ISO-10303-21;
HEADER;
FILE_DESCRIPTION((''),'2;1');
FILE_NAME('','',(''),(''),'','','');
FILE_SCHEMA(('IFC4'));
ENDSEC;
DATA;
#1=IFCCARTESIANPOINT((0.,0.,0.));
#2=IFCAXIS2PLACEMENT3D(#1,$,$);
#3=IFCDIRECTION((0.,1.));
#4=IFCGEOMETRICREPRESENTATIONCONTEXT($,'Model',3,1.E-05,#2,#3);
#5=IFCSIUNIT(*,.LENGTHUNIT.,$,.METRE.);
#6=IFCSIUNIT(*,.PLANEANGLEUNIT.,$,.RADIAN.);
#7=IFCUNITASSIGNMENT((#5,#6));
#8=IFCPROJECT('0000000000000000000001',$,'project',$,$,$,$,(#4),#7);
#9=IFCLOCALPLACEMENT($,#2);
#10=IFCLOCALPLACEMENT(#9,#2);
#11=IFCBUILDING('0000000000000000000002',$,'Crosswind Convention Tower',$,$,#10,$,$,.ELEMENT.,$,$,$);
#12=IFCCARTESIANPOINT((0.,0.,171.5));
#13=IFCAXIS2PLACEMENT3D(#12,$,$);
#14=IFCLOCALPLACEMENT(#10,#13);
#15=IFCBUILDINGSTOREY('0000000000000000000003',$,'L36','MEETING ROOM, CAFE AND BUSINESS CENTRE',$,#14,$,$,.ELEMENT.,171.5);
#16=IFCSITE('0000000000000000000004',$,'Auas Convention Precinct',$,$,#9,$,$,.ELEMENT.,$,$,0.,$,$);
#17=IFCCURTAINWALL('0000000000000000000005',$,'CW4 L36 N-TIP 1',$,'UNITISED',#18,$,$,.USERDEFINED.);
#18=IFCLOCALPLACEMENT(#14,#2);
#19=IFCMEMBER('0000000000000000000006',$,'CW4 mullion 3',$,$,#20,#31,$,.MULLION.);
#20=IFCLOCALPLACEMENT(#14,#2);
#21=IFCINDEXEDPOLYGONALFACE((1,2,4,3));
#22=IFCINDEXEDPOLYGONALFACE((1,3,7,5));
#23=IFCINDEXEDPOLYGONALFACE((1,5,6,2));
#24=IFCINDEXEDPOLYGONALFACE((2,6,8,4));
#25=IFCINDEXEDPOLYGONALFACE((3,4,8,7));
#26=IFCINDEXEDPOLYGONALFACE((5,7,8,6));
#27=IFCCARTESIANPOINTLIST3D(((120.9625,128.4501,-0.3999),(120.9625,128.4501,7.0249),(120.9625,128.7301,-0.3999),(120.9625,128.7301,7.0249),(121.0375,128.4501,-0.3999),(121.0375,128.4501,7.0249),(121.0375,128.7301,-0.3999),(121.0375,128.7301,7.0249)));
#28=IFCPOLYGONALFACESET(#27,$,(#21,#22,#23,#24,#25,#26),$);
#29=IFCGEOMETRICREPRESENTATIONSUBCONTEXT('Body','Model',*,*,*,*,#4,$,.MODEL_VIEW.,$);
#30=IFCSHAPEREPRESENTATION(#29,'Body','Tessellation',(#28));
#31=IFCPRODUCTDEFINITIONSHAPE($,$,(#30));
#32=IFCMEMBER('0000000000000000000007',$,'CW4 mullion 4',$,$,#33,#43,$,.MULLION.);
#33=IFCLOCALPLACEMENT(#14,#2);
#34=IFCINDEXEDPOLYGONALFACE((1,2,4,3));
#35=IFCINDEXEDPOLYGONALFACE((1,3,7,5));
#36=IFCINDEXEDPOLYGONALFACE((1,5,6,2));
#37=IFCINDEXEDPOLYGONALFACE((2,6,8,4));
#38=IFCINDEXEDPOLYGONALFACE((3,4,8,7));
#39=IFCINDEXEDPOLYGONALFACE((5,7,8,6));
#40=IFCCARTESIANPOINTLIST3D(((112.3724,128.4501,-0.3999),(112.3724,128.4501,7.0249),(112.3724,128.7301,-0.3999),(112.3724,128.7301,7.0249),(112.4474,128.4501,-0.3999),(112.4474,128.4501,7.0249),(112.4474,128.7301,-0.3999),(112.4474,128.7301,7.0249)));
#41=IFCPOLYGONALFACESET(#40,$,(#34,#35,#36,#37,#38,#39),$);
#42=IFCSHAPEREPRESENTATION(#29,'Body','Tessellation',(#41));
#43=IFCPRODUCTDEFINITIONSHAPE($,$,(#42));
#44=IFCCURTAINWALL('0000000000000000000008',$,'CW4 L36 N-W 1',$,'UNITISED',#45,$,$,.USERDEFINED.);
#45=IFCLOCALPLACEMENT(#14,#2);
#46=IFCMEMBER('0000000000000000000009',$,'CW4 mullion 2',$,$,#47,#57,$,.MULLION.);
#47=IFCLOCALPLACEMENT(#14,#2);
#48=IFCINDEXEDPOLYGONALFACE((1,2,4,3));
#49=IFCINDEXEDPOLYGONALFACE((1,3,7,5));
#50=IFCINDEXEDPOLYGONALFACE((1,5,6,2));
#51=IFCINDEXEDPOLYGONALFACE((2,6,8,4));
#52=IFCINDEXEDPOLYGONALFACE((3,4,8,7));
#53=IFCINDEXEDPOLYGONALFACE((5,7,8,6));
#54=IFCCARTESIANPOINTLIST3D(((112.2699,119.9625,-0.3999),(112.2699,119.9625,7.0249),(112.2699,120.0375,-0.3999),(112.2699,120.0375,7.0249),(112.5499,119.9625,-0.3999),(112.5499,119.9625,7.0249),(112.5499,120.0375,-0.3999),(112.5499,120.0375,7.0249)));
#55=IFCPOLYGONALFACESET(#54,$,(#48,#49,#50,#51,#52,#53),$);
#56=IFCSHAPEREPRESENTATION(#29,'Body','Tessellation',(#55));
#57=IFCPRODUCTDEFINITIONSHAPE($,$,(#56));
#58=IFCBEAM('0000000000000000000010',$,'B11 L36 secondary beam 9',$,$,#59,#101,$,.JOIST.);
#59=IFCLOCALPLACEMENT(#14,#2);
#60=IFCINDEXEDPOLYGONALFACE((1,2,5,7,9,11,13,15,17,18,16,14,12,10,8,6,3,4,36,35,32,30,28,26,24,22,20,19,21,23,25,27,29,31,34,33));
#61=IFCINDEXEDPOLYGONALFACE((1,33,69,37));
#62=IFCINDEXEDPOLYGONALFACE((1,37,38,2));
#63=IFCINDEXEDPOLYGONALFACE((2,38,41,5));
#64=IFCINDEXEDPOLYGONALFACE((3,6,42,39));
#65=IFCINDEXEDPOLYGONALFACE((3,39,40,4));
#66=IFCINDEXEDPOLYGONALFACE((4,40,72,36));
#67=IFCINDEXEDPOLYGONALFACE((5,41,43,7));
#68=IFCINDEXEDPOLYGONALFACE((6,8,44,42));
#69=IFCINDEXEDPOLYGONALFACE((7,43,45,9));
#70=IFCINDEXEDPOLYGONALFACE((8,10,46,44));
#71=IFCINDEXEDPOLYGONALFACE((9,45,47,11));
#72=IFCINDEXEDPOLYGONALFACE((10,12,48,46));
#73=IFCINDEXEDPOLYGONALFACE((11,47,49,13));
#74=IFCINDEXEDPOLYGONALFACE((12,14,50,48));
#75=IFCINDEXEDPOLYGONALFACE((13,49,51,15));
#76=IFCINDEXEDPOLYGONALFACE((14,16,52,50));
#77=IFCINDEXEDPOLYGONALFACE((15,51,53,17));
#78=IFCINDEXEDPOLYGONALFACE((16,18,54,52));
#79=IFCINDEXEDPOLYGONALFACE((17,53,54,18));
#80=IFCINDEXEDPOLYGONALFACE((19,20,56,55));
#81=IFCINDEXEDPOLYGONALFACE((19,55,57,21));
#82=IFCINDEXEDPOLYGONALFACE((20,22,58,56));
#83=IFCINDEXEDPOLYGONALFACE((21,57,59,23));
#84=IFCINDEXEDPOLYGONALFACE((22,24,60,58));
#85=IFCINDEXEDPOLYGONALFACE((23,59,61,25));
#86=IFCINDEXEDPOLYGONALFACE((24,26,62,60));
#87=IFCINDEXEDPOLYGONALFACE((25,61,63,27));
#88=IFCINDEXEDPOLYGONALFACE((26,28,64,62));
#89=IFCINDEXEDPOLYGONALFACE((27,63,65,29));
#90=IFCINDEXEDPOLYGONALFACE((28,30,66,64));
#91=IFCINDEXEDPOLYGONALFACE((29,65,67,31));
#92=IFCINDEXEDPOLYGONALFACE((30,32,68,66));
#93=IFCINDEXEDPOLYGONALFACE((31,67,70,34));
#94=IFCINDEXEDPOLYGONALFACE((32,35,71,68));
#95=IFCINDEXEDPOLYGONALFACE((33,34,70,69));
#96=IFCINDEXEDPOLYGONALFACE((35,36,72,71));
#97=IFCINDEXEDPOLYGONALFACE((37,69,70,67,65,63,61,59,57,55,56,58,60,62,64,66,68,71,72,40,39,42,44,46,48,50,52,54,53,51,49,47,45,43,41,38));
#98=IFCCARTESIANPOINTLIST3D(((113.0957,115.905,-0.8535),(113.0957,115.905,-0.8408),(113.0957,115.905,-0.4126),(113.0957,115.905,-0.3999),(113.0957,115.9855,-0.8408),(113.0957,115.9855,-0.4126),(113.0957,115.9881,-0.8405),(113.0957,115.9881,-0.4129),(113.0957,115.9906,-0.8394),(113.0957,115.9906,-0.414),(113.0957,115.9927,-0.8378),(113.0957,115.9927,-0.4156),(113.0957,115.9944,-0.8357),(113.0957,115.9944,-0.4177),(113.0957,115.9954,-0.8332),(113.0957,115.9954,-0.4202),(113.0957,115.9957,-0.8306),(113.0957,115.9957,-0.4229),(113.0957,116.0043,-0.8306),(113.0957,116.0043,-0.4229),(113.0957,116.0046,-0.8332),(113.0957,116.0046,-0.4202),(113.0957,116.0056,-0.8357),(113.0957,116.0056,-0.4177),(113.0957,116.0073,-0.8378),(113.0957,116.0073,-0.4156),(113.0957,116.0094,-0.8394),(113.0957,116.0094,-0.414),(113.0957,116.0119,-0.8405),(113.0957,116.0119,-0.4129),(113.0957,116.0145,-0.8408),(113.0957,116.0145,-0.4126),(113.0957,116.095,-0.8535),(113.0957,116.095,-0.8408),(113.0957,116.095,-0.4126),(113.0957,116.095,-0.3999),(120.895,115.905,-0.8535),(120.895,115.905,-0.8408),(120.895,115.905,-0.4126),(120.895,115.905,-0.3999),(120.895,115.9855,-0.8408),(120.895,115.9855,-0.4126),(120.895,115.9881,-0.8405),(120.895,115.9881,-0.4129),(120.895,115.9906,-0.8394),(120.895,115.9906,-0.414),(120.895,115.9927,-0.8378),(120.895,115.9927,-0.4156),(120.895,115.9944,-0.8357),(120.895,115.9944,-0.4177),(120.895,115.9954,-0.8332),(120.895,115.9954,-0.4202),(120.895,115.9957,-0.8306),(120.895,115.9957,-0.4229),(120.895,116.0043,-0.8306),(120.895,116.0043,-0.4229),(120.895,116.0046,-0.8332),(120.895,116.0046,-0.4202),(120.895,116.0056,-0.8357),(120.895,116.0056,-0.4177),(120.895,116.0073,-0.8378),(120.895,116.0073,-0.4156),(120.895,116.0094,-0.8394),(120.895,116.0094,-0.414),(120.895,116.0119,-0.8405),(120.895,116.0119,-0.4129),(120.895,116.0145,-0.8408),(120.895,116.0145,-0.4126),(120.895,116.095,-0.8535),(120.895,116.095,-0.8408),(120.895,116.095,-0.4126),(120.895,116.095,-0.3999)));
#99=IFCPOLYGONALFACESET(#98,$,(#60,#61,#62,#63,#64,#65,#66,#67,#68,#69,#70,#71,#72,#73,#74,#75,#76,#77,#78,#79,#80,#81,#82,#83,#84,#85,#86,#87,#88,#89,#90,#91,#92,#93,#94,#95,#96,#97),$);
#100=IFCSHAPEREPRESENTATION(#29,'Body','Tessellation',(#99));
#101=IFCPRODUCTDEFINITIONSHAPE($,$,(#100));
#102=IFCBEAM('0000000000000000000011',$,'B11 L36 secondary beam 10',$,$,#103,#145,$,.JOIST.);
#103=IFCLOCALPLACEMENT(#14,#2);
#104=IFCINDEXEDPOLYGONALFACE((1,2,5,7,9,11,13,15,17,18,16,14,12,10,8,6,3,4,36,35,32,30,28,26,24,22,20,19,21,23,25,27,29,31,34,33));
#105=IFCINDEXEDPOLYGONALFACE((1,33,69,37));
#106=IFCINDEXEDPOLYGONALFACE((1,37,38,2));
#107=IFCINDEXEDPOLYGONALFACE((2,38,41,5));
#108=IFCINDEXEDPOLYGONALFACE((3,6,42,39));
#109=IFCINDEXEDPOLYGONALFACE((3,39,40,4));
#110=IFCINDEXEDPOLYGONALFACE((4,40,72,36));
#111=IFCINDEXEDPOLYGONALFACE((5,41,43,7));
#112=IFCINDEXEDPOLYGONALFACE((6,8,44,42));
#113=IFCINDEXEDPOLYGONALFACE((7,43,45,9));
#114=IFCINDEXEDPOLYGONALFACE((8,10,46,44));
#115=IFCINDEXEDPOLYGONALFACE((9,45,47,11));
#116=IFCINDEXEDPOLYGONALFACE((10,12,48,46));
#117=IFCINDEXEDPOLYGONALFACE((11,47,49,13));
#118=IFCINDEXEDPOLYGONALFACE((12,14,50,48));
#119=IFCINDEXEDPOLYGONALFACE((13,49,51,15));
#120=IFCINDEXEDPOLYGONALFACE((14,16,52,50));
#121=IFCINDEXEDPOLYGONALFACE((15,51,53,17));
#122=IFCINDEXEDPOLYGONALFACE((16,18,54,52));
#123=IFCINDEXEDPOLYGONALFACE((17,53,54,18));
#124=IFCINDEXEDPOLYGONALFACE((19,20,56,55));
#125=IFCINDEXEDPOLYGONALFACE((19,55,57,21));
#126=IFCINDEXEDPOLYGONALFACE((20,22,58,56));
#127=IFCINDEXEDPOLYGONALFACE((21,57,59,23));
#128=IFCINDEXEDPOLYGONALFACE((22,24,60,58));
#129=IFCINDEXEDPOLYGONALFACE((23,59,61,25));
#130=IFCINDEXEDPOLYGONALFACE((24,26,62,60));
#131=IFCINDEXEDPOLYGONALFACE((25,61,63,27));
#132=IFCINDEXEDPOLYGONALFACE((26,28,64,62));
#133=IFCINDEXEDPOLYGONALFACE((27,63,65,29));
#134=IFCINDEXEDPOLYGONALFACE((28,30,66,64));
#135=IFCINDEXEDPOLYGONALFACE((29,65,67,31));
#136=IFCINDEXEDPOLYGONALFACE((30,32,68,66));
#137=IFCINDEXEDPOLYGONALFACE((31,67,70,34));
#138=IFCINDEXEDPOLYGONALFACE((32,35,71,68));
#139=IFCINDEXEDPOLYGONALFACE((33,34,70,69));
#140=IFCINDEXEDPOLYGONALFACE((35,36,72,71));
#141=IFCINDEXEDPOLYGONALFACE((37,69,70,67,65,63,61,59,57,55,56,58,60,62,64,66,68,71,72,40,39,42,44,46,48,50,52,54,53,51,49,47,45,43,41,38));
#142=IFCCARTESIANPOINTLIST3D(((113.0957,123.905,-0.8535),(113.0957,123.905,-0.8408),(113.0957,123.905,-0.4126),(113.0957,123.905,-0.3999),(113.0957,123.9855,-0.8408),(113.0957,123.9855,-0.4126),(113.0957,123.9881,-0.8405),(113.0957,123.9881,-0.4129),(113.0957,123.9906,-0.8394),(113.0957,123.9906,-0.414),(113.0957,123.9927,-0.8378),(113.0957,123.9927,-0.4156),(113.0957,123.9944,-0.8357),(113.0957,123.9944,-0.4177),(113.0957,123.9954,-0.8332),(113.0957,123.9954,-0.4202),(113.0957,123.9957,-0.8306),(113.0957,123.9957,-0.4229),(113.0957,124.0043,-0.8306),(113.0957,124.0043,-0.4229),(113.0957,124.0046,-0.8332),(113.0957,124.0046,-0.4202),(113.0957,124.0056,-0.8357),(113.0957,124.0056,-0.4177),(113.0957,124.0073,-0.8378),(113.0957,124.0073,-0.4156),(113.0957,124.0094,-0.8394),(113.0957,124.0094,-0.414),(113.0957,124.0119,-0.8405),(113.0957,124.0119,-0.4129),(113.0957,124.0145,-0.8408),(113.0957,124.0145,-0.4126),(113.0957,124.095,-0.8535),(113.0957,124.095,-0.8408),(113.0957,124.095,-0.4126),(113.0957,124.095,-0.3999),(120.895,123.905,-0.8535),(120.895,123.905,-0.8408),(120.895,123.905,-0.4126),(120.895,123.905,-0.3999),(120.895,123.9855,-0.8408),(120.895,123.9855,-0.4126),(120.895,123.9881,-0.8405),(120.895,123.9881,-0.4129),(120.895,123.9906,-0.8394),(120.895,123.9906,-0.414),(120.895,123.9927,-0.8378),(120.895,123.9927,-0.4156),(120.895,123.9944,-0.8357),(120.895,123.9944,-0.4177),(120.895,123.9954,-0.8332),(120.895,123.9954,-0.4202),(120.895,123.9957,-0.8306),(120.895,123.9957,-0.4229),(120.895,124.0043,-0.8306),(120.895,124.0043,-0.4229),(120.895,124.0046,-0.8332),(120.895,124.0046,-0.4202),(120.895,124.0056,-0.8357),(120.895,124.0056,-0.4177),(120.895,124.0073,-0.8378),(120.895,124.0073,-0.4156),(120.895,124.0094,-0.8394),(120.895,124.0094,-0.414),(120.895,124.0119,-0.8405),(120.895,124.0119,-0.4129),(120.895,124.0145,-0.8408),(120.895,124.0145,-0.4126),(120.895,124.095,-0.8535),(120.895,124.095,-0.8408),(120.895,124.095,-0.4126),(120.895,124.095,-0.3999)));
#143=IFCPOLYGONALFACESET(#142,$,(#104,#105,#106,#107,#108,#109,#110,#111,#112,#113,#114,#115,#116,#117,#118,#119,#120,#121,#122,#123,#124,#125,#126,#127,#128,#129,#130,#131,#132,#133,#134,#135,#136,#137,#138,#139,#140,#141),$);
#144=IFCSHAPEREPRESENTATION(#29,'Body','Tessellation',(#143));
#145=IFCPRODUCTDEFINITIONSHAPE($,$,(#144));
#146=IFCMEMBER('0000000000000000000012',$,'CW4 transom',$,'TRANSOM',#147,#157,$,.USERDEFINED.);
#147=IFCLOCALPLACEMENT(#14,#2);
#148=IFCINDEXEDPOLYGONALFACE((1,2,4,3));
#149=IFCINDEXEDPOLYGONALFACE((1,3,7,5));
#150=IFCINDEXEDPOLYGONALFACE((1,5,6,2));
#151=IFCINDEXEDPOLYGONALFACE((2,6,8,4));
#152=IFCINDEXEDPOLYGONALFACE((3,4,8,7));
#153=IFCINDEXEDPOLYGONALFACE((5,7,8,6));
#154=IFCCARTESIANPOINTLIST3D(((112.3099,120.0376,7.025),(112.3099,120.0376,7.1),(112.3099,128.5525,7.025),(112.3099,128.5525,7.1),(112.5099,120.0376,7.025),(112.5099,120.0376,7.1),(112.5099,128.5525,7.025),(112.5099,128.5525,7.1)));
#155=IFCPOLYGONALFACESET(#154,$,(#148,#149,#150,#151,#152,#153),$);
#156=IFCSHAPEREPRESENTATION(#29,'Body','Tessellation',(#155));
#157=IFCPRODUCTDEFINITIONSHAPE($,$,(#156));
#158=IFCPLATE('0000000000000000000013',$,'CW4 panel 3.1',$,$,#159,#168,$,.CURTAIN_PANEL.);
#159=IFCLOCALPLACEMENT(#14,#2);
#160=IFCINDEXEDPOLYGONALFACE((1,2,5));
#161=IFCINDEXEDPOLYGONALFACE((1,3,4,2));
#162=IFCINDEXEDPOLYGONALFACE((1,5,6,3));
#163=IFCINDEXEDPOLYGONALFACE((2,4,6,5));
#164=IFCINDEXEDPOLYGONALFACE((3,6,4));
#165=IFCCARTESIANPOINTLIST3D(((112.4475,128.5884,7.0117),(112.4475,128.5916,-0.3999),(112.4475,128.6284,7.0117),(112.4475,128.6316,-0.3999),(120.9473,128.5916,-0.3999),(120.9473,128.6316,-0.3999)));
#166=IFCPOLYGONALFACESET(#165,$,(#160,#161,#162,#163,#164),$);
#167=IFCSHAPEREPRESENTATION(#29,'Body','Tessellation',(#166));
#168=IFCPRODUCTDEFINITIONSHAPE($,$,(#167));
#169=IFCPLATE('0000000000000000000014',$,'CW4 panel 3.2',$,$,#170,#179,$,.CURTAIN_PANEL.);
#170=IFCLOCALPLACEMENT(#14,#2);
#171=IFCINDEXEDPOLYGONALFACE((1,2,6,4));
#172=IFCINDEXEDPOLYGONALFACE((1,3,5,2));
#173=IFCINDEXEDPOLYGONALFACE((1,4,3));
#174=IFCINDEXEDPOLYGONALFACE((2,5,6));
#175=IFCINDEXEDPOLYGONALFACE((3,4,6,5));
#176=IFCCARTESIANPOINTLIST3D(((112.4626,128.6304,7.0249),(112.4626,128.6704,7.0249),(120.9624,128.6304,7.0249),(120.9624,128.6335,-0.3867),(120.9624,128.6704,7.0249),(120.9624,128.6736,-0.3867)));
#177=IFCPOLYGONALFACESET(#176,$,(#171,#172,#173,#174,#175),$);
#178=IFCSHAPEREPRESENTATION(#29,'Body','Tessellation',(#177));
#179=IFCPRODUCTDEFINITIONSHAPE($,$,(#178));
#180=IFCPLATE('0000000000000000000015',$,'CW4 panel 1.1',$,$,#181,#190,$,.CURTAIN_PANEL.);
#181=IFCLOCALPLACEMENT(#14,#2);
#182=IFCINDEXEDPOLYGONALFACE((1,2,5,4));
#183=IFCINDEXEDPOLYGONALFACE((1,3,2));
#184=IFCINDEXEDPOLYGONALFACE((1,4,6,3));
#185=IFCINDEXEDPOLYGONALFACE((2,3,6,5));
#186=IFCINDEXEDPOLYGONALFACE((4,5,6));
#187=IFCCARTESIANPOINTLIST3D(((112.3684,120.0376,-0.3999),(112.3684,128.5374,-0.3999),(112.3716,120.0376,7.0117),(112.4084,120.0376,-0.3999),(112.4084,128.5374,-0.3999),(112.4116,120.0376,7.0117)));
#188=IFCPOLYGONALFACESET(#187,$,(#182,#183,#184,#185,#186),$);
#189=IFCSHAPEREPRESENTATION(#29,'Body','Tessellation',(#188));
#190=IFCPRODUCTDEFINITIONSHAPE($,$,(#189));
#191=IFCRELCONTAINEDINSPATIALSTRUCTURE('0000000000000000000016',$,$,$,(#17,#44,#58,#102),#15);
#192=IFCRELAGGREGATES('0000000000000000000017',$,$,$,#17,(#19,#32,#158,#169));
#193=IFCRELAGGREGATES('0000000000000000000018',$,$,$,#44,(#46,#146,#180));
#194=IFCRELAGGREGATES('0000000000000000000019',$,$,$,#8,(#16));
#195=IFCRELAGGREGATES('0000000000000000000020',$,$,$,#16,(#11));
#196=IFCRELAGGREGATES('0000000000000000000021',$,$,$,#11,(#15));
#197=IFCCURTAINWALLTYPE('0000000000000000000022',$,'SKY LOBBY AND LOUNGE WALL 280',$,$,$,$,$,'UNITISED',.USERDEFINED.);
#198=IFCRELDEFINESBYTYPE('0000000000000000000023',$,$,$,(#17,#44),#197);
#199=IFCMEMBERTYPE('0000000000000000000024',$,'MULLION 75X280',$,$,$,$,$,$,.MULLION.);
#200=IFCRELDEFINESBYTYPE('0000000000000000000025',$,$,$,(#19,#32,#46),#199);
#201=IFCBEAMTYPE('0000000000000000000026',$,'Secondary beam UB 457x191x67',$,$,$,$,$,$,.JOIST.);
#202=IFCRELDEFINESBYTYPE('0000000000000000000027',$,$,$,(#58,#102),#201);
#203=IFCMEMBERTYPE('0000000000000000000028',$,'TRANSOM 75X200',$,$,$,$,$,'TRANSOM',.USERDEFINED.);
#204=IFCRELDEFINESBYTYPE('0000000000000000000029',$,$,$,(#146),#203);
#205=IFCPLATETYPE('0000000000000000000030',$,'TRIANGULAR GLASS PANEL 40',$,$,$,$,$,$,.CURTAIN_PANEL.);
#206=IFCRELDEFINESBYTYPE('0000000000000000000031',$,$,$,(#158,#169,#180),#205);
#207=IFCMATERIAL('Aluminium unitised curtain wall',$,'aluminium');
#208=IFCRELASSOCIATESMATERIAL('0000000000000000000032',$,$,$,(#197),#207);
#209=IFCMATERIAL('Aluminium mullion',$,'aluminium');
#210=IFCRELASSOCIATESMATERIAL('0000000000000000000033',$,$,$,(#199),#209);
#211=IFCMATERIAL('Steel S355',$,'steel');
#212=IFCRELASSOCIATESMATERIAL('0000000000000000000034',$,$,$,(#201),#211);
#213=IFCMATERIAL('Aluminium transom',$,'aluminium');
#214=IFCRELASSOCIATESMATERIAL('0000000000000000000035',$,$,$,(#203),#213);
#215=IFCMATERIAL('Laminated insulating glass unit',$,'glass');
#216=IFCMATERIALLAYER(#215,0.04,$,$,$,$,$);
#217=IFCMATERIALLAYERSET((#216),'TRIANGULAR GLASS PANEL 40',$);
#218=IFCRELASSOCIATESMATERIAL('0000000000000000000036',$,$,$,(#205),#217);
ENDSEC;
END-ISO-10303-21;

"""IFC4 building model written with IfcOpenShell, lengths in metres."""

from ifc_helpers import new_model, si_unit, direction, frame, origin, origin_2d, place, context, subcontext, project, spatial, polyline, rectangle, i_section, outline, extrude, material, layer, layer_set, material_profile, profile_set, type_object, element, aggregate, save


model = new_model("IFC4")

# Units and contexts
model_context = context("Model", 3, precision=1e-05, world=origin(), true_north=direction((0.0, 1.0)))
body_context = subcontext(model_context, "Body", "Model", "MODEL_VIEW")
ifc_project = project(units=[si_unit("LENGTHUNIT", "METRE"), si_unit("PLANEANGLEUNIT", "RADIAN")], contexts=[model_context])

# Site, building, storey
site_placement = place(None, origin())
site = spatial("IfcSite", under=ifc_project, at=site_placement, Name="Auas Convention Precinct", CompositionType="ELEMENT", RefElevation=0.0)
building_placement = place(site_placement, origin())
building = spatial("IfcBuilding", under=site, at=building_placement, Name="Crosswind Convention Tower", CompositionType="ELEMENT")
storey_placement = place(building_placement, frame((0.0, 0.0, 171.5)))
storey = spatial("IfcBuildingStorey", under=building, at=storey_placement, Name="L36", Description="MEETING ROOM, CAFE AND BUSINESS CENTRE", CompositionType="ELEMENT", Elevation=171.5)

# Shared definitions
ifc_material_1 = material(Name="Steel S355", Category="steel")

# Curtain wall, members
ifc_material_2 = material(Name="Aluminium unitised curtain wall", Category="aluminium")
curtain_wall_type = type_object("IfcCurtainWallType", Name="SKY LOBBY AND LOUNGE WALL 280", ElementType="UNITISED", PredefinedType="USERDEFINED", material=ifc_material_2)
curtain_wall_1_placement = place(storey_placement, origin())
curtain_wall_1 = element("IfcCurtainWall", 1, at=curtain_wall_1_placement, inside=storey, type_object=curtain_wall_type, Name="CW4 L36 N-TIP 1", ObjectType="UNITISED", PredefinedType="USERDEFINED")
ifc_material_3 = material(Name="Aluminium mullion", Category="aluminium")
ifc_material_profile_1 = material_profile(ifc_material_3, rectangle(XDim=0.28, YDim=0.075, at=origin_2d()), Name="AL 280X75")
ifc_profile_set_1 = profile_set([ifc_material_profile_1], Name="Aluminium mullion")
member_type_1 = type_object("IfcMemberType", Name="MULLION 75X280", PredefinedType="MULLION", material=ifc_profile_set_1)
member_1_placement = place(storey_placement, frame((121.0, 128.5901, -0.3999), z_axis=(0.0, 0.0, 1.0), x_axis=(0.0, 1.0, 0.0)))
member_1 = element("IfcMember", 2, at=member_1_placement, type_object=member_type_1, Name="CW4 mullion 3", PredefinedType="MULLION", context=body_context, shape_type="SweptSolid", body=[
    extrude(rectangle(XDim=0.28, YDim=0.075, at=origin_2d()), origin(), (0.0, 0.0, 1.0), 7.4248),
])
member_2_placement = place(storey_placement, frame((112.4099, 128.5901, -0.3999), z_axis=(0.0, 0.0, 1.0), x_axis=(0.0, 1.0, 0.0)))
member_2 = element("IfcMember", 3, at=member_2_placement, type_object=member_type_1, Name="CW4 mullion 4", PredefinedType="MULLION", context=body_context, shape_type="SweptSolid", body=[
    extrude(rectangle(XDim=0.28, YDim=0.075, at=origin_2d()), origin(), (0.0, 0.0, 1.0), 7.4248),
])

# Curtain wall, member
curtain_wall_2_placement = place(storey_placement, origin())
curtain_wall_2 = element("IfcCurtainWall", 4, at=curtain_wall_2_placement, inside=storey, type_object=curtain_wall_type, Name="CW4 L36 N-W 1", ObjectType="UNITISED", PredefinedType="USERDEFINED")
member_3_placement = place(storey_placement, frame((112.4099, 120.0, -0.3999), z_axis=(0.0, 0.0, 1.0), x_axis=(-1.0, 0.0, 0.0)))
member_3 = element("IfcMember", 5, at=member_3_placement, type_object=member_type_1, Name="CW4 mullion 2", PredefinedType="MULLION", context=body_context, shape_type="SweptSolid", body=[
    extrude(rectangle(XDim=0.28, YDim=0.075, at=origin_2d()), origin(), (0.0, 0.0, 1.0), 7.4248),
])

# Beams
ifc_material_profile_2 = material_profile(ifc_material_1, i_section(OverallWidth=0.1899, OverallDepth=0.4536, WebThickness=0.0085, FlangeThickness=0.0127, FilletRadius=0.0103, at=origin_2d()), Name="UB 457x191x67")
ifc_profile_set_2 = profile_set([ifc_material_profile_2], Name="Steel S355")
beam_type_1 = type_object("IfcBeamType", Name="Secondary beam UB 457x191x67", PredefinedType="JOIST", material=ifc_profile_set_2)
for number, where, z_axis, x_axis, name in (
    (6, (113.0957, 116.0, -0.6267), (1.0, 0.0, 0.0), (0.0, 1.0, 0.0), "B11 L36 secondary beam 9"),
    (7, (113.0957, 124.0, -0.6267), (1.0, 0.0, 0.0), (0.0, 1.0, 0.0), "B11 L36 secondary beam 10"),
):
    element("IfcBeam", number, at=place(storey_placement, frame(where, z_axis=z_axis, x_axis=x_axis)), inside=storey, type_object=beam_type_1, Name=name, PredefinedType="JOIST", context=body_context, shape_type="SweptSolid", body=[
        extrude(i_section(OverallWidth=0.1899, OverallDepth=0.4536, WebThickness=0.0085, FlangeThickness=0.0127, FilletRadius=0.0103, at=origin_2d()), origin(), (0.0, 0.0, 1.0), 7.7993),
    ])

# Member
ifc_material_4 = material(Name="Aluminium transom", Category="aluminium")
ifc_material_profile_3 = material_profile(ifc_material_4, rectangle(XDim=0.2, YDim=0.075, at=origin_2d()), Name="AL 200X75")
ifc_profile_set_3 = profile_set([ifc_material_profile_3], Name="Aluminium transom")
member_type_2 = type_object("IfcMemberType", Name="TRANSOM 75X200", ElementType="TRANSOM", PredefinedType="USERDEFINED", material=ifc_profile_set_3)
member_4_placement = place(storey_placement, frame((112.4099, 128.5525, 7.0625), z_axis=(0.0, -1.0, 0.0), x_axis=(1.0, 0.0, 0.0)))
member_4 = element("IfcMember", 8, at=member_4_placement, type_object=member_type_2, Name="CW4 transom", ObjectType="TRANSOM", PredefinedType="USERDEFINED", context=body_context, shape_type="SweptSolid", body=[
    extrude(rectangle(XDim=0.2, YDim=0.075, at=origin_2d()), origin(), (0.0, 0.0, 1.0), 8.5149),
])

# Plates
ifc_material_5 = material(Name="Laminated insulating glass unit", Category="glass")
ifc_layer_1 = layer(ifc_material_5, 0.04)
ifc_layer_set_1 = layer_set([ifc_layer_1], Name="TRIANGULAR GLASS PANEL 40")
plate_type = type_object("IfcPlateType", Name="TRIANGULAR GLASS PANEL 40", PredefinedType="CURTAIN_PANEL", material=ifc_layer_set_1)
plate_1_placement = place(storey_placement, frame((112.4475, 128.6316, -0.3999), z_axis=(0.0, 1.0, 0.000428), x_axis=(0.0, -0.000428, 1.0)))
plate_1 = element("IfcPlate", 9, at=plate_1_placement, type_object=plate_type, Name="CW4 panel 3.1", PredefinedType="CURTAIN_PANEL", context=body_context, shape_type="SweptSolid", body=[
    extrude(outline(polyline([(0.0, 0.0), (7.4116, 0.0), (0.0, 8.4998), (0.0, 0.0)])), origin(), (0.0, 0.0, -1.0), 0.04),
])
plate_2_placement = place(storey_placement, frame((120.9624, 128.6704, 7.0249), z_axis=(0.0, 1.0, 0.000428), x_axis=(0.0, 0.000428, -1.0)))
plate_2 = element("IfcPlate", 10, at=plate_2_placement, type_object=plate_type, Name="CW4 panel 3.2", PredefinedType="CURTAIN_PANEL", context=body_context, shape_type="SweptSolid", body=[
    extrude(outline(polyline([(0.0, 0.0), (7.4116, 0.0), (0.0, 8.4998), (0.0, 0.0)])), origin(), (0.0, 0.0, -1.0), 0.04),
])
aggregate(curtain_wall_1, [member_1, member_2, plate_1, plate_2])
plate_3_placement = place(storey_placement, frame((112.3684, 120.0376, -0.3999), z_axis=(-1.0, 0.0, 0.000428), x_axis=(0.000428, 0.0, 1.0)))
plate_3 = element("IfcPlate", 11, at=plate_3_placement, type_object=plate_type, Name="CW4 panel 1.1", PredefinedType="CURTAIN_PANEL", context=body_context, shape_type="SweptSolid", body=[
    extrude(outline(polyline([(0.0, 0.0), (7.4116, 0.0), (0.0, 8.4998), (0.0, 0.0)])), origin(), (0.0, 0.0, -1.0), 0.04),
])

aggregate(curtain_wall_2, [member_3, member_4, plate_3])

save(model, "model.ifc")
